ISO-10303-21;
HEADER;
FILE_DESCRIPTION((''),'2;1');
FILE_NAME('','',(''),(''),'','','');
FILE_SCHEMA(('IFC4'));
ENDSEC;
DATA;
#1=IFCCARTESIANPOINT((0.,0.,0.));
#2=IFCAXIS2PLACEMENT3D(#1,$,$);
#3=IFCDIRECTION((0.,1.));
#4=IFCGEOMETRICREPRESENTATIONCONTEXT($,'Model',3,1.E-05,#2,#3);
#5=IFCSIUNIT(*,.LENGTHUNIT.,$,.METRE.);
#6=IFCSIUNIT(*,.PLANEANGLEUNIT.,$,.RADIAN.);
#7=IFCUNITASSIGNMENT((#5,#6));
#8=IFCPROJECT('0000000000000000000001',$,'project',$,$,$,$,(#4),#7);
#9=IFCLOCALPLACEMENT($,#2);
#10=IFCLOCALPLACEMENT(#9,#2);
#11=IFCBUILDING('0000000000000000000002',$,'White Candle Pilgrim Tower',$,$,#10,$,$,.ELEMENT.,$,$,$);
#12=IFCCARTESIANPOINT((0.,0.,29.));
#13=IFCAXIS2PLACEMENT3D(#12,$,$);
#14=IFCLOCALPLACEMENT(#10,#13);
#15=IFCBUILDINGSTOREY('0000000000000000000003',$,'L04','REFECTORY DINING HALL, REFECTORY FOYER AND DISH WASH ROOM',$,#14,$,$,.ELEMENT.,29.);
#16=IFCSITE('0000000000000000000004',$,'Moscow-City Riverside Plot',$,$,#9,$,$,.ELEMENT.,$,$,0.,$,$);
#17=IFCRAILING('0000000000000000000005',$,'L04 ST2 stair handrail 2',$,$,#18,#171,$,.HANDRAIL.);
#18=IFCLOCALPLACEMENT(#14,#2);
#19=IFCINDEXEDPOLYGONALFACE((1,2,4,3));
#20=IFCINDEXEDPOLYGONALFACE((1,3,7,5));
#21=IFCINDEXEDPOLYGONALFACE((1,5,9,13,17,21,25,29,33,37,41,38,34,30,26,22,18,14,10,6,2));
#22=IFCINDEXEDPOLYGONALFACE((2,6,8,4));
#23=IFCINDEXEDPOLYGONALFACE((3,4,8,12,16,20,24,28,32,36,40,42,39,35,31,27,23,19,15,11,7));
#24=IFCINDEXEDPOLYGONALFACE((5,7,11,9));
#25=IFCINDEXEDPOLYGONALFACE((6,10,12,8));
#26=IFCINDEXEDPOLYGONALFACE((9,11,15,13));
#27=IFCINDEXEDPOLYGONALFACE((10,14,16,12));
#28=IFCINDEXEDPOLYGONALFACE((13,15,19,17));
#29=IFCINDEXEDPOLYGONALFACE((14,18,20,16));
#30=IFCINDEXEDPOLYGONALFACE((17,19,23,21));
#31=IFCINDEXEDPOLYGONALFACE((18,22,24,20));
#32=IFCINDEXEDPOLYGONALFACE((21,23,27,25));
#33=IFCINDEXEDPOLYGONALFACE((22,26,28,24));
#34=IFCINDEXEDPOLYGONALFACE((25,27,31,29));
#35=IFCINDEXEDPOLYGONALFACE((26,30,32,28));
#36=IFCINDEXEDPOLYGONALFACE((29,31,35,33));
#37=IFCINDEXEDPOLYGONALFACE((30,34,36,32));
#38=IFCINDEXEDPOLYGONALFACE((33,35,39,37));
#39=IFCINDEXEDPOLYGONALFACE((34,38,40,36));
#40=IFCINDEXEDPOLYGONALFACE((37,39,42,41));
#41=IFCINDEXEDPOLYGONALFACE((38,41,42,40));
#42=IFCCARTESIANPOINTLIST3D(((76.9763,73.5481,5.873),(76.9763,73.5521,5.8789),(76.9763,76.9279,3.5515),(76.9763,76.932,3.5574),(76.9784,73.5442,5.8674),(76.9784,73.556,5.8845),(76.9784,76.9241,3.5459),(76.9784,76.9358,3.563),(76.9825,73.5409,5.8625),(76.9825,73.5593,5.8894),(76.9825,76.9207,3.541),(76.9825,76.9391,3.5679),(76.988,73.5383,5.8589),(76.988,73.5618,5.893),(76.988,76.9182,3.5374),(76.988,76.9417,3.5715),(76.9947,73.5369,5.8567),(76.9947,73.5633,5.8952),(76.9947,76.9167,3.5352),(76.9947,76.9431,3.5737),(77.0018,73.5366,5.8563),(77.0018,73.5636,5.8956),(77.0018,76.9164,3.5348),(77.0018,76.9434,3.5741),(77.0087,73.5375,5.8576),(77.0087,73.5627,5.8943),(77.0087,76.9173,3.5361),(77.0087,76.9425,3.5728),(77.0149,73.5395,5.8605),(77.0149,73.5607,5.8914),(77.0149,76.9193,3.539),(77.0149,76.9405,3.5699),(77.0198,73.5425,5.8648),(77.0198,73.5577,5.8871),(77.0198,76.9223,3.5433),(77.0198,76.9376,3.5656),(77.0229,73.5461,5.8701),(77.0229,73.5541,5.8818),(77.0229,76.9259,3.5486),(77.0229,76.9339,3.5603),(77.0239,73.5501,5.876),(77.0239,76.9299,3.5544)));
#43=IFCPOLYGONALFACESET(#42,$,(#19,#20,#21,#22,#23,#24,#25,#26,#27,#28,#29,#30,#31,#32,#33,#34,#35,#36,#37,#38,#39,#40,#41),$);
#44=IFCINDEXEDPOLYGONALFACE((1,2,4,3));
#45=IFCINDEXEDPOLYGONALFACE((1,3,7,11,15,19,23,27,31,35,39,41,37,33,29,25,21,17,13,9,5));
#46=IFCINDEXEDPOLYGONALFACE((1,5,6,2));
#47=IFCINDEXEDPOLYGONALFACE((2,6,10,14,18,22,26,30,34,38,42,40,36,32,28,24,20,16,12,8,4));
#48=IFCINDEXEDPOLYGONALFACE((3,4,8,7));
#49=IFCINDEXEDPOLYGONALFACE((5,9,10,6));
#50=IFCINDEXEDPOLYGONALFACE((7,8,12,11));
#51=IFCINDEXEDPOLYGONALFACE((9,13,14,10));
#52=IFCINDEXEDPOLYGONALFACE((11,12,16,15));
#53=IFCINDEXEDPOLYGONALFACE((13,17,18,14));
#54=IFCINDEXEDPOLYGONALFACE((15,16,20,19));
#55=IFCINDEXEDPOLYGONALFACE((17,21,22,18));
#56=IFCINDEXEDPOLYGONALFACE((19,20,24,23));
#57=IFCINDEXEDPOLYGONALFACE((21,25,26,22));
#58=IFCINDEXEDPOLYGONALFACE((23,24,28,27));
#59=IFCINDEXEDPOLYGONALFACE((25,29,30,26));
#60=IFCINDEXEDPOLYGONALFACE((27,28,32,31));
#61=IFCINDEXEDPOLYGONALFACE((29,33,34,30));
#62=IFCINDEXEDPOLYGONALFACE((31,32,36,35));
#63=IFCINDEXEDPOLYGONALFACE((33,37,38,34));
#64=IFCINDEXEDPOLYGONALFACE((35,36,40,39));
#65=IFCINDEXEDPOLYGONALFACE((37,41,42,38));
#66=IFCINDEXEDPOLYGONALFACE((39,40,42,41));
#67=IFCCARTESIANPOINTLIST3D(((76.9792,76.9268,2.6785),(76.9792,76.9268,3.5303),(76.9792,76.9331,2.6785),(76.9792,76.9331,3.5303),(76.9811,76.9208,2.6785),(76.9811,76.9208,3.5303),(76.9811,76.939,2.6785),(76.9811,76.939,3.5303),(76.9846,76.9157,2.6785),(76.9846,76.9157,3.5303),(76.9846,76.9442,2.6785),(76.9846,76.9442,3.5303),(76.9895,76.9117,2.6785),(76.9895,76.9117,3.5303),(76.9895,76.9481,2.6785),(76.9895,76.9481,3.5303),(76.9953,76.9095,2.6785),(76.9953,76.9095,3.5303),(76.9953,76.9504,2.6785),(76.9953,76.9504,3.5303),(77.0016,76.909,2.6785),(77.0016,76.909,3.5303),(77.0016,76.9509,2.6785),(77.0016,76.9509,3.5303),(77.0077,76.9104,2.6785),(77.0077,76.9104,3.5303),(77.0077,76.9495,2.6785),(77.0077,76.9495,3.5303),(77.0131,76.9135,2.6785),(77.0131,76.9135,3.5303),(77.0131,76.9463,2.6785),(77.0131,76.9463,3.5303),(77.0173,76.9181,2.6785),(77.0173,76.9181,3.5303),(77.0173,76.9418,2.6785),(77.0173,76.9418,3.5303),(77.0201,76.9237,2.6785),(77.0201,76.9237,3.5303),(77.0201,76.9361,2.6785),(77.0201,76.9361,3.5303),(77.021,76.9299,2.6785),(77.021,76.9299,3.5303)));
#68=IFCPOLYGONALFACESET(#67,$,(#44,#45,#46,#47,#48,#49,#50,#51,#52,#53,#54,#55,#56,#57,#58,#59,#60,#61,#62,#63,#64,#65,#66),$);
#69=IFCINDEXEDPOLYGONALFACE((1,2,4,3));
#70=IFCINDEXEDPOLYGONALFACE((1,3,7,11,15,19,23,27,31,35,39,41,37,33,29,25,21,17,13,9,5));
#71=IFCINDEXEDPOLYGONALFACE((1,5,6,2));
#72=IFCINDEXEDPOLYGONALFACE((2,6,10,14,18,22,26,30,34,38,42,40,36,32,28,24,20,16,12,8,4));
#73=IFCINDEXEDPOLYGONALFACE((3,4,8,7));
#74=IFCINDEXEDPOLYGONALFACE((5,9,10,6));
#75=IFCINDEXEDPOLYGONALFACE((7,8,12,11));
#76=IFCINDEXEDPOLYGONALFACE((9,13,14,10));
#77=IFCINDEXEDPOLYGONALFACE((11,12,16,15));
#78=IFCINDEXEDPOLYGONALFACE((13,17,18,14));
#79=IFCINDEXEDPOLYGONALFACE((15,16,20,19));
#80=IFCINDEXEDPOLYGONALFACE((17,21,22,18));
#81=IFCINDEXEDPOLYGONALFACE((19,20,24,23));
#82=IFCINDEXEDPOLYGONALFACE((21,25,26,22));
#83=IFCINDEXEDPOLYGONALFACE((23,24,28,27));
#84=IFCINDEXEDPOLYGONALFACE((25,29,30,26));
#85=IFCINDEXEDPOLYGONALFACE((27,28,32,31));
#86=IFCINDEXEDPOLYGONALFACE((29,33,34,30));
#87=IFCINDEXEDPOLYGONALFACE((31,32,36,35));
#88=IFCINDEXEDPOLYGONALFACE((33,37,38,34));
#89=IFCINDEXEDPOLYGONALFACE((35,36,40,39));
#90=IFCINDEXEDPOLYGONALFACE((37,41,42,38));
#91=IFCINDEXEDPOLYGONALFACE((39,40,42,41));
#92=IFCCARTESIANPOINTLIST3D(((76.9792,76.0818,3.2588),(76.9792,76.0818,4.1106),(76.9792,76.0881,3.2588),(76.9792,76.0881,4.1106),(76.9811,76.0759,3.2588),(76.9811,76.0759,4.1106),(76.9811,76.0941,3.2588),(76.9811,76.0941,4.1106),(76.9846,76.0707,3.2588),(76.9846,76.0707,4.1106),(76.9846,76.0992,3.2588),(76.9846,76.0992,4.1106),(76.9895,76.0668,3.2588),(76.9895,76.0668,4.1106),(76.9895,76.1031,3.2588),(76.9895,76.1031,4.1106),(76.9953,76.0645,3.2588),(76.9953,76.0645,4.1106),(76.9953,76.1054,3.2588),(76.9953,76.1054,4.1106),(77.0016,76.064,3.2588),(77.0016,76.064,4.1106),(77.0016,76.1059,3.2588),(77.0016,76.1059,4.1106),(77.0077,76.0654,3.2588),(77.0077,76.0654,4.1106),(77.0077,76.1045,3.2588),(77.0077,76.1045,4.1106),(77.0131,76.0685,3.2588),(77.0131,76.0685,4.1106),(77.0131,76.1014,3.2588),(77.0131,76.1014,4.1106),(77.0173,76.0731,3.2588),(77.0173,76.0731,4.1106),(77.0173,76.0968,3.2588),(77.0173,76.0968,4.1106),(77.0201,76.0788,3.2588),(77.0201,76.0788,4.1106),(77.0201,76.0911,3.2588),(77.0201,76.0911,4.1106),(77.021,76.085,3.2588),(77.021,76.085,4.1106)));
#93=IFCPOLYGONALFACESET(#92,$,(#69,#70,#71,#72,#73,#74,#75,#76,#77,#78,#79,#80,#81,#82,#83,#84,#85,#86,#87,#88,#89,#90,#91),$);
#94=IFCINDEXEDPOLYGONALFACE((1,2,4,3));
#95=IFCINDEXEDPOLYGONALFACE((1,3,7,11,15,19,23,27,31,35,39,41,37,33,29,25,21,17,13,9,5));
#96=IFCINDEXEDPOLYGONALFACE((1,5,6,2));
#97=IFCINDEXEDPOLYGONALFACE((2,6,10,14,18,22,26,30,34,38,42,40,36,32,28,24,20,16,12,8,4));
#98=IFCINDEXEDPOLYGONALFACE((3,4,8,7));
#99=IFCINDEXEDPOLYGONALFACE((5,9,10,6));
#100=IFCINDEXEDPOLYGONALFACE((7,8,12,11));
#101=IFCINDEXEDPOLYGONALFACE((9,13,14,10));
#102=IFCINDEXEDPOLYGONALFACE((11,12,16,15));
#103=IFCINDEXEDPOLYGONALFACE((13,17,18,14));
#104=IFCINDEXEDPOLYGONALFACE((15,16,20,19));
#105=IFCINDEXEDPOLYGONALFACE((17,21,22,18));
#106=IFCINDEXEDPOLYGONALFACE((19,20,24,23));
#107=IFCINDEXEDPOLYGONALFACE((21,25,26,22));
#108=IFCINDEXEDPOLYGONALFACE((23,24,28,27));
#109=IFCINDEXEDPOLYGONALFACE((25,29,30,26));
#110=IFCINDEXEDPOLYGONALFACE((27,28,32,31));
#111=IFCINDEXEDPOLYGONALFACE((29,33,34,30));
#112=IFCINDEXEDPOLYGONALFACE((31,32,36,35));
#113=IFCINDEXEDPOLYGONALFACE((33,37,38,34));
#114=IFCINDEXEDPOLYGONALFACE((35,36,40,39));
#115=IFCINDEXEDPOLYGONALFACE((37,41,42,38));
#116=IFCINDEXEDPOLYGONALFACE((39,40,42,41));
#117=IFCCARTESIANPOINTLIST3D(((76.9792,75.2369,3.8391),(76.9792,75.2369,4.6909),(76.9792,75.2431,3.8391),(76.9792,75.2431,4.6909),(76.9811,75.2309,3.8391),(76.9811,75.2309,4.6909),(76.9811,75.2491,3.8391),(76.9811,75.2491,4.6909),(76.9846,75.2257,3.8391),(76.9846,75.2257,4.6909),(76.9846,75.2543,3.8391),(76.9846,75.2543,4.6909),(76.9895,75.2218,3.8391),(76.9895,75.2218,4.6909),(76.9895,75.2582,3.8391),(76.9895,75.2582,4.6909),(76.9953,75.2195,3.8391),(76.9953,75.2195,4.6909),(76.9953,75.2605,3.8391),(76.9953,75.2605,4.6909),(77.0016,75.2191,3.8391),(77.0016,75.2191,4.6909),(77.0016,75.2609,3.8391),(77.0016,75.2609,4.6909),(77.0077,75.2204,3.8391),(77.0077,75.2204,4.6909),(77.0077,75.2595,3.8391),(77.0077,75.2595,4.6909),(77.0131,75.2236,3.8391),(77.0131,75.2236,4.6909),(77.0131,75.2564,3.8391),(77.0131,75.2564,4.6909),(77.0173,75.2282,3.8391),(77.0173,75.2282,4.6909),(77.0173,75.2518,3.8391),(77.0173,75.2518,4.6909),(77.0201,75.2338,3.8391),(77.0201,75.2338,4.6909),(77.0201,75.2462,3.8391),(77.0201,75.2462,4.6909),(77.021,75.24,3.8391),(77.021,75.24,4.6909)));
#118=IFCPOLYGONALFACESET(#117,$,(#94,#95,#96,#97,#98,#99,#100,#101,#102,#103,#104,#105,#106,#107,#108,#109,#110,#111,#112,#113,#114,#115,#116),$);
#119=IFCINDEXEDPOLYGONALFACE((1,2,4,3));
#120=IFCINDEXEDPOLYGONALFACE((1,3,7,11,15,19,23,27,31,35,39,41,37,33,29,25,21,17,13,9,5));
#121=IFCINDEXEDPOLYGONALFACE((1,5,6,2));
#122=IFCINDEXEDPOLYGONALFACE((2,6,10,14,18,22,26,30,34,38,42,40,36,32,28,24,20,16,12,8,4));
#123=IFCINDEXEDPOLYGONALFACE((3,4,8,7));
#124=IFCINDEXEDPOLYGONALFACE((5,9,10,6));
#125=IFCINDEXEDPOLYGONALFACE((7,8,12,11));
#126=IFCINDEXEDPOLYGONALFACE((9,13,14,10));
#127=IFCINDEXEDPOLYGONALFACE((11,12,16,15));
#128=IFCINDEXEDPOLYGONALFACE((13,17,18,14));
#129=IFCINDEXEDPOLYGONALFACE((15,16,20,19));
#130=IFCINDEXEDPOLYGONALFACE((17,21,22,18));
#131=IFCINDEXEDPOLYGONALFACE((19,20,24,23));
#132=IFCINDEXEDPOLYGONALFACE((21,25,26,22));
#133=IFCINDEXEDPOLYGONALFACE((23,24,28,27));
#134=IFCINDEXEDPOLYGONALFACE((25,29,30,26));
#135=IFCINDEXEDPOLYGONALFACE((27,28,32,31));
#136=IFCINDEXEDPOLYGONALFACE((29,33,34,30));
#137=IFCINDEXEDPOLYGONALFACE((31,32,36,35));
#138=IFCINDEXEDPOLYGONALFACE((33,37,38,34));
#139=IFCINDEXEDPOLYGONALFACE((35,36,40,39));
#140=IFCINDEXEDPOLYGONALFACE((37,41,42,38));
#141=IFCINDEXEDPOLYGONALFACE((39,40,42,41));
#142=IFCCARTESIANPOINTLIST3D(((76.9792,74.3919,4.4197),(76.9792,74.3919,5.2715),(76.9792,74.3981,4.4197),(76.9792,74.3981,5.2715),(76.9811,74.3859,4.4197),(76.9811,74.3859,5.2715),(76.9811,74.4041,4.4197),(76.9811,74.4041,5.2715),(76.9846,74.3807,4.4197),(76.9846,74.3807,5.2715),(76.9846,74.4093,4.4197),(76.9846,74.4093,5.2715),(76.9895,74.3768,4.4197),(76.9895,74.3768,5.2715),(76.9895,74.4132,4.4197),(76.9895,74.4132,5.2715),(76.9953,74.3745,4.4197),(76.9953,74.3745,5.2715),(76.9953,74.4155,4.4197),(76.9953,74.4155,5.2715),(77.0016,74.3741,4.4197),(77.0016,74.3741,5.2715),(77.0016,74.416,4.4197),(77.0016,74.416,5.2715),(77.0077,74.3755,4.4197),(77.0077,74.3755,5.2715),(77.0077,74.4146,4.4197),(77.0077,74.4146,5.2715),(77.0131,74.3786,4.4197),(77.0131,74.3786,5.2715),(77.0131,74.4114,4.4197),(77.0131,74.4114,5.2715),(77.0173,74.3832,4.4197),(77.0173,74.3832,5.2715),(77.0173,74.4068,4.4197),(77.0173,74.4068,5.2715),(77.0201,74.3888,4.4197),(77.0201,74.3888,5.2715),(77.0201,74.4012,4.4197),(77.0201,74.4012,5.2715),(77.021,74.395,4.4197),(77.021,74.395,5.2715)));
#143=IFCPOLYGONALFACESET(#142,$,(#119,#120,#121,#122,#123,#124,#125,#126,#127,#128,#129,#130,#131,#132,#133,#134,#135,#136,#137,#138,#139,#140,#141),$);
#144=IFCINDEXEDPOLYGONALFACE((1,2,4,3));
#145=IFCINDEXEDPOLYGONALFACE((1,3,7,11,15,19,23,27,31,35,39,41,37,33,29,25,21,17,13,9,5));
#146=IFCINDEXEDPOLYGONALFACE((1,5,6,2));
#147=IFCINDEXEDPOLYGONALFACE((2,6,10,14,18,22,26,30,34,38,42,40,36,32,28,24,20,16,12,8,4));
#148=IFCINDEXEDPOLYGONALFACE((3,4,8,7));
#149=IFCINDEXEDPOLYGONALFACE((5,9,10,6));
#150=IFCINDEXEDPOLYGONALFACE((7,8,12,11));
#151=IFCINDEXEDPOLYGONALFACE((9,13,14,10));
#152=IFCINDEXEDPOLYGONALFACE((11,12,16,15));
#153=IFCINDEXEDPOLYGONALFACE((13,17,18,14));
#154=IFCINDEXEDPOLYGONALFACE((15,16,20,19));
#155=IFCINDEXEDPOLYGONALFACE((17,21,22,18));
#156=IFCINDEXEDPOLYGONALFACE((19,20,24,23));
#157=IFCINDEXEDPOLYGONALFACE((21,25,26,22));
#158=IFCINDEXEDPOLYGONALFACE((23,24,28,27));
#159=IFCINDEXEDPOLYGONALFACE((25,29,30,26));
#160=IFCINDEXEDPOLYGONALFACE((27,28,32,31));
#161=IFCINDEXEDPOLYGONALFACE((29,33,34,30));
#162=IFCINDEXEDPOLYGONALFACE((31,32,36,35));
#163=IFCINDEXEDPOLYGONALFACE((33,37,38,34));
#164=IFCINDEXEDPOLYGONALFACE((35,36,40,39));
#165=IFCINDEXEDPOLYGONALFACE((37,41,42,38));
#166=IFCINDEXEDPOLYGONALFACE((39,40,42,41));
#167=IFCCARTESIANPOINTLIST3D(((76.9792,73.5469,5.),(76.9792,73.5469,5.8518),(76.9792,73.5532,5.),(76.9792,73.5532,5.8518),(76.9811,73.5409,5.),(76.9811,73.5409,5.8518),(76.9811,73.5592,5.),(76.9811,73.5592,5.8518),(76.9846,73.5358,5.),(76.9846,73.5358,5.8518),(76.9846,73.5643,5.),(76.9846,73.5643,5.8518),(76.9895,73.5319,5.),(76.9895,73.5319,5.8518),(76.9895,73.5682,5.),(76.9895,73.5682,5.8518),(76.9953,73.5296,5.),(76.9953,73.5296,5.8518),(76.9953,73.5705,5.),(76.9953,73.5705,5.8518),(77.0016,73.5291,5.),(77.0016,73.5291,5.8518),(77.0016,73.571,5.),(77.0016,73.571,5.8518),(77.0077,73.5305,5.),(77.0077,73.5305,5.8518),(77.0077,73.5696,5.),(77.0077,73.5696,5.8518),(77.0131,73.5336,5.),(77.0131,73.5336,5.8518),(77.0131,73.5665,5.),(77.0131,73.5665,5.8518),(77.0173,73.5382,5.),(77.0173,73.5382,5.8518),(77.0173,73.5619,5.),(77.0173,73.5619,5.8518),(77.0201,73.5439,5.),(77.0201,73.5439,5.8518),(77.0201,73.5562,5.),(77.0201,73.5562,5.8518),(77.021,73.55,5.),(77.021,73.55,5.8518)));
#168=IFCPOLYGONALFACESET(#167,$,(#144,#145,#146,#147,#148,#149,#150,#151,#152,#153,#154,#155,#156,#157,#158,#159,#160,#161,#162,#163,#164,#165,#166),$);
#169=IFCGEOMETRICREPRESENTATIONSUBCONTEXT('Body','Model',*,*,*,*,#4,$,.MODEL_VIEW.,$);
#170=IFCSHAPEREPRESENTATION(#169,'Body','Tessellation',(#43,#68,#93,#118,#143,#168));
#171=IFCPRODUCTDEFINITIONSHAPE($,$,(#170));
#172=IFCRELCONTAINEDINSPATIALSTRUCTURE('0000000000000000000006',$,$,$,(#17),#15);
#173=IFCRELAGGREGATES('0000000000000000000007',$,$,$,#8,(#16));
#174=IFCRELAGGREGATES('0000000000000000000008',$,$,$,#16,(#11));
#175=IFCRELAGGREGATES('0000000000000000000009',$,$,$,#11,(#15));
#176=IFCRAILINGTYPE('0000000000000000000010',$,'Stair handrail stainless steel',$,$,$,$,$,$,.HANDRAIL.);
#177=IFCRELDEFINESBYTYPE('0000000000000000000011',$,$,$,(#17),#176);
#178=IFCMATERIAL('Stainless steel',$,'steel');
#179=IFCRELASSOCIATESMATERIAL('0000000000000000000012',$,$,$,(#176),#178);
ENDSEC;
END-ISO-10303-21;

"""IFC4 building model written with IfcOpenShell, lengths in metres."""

from ifc_helpers import new_model, si_unit, direction, frame, origin, origin_2d, place, context, subcontext, project, spatial, circle, extrude, material, type_object, element, save


model = new_model("IFC4")

# Units and contexts
model_context = context("Model", 3, precision=1e-05, world=origin(), true_north=direction((0.0, 1.0)))
body_context = subcontext(model_context, "Body", "Model", "MODEL_VIEW")
ifc_project = project(units=[si_unit("LENGTHUNIT", "METRE"), si_unit("PLANEANGLEUNIT", "RADIAN")], contexts=[model_context])

# Site, building, storey
site_placement = place(None, origin())
site = spatial("IfcSite", under=ifc_project, at=site_placement, Name="Moscow-City Riverside Plot", CompositionType="ELEMENT", RefElevation=0.0)
building_placement = place(site_placement, origin())
building = spatial("IfcBuilding", under=site, at=building_placement, Name="White Candle Pilgrim Tower", CompositionType="ELEMENT")
storey_placement = place(building_placement, frame((0.0, 0.0, 29.0)))
storey = spatial("IfcBuildingStorey", under=building, at=storey_placement, Name="L04", Description="REFECTORY DINING HALL, REFECTORY FOYER AND DISH WASH ROOM", CompositionType="ELEMENT", Elevation=29.0)

# Railing
ifc_material_1 = material(Name="Stainless steel", Category="steel")
railing_type_1 = type_object("IfcRailingType", Name="Stair handrail stainless steel", PredefinedType="HANDRAIL", material=ifc_material_1)
railing_1_placement = place(storey_placement, frame((77.0, 76.9299, 2.6785)))
element("IfcRailing", 1, at=railing_1_placement, inside=storey, type_object=railing_type_1, Name="L04 ST2 stair handrail 2", PredefinedType="HANDRAIL", context=body_context, shape_type="SweptSolid", body=[
    extrude(circle(Radius=0.0239, at=origin_2d()), frame((0.0, 0.0, 0.876), z_axis=(0.0, -0.824285, 0.566175), x_axis=(1.0, 0.0, 0.0)), (0.0, 0.0, 1.0), 4.1003),
    extrude(circle(Radius=0.021, at=origin_2d()), origin(), (0.0, 0.0, 1.0), 0.8518),
    extrude(circle(Radius=0.021, at=origin_2d()), frame((0.0, -0.845, 0.5803)), (0.0, 0.0, 1.0), 0.8518),
    extrude(circle(Radius=0.021, at=origin_2d()), frame((0.0, -1.6899, 1.1606)), (0.0, 0.0, 1.0), 0.8518),
    extrude(circle(Radius=0.021, at=origin_2d()), frame((0.0, -2.5349, 1.7412)), (0.0, 0.0, 1.0), 0.8518),
    extrude(circle(Radius=0.021, at=origin_2d()), frame((0.0, -3.3799, 2.3215)), (0.0, 0.0, 1.0), 0.8518),
])

save(model, "model.ifc")
